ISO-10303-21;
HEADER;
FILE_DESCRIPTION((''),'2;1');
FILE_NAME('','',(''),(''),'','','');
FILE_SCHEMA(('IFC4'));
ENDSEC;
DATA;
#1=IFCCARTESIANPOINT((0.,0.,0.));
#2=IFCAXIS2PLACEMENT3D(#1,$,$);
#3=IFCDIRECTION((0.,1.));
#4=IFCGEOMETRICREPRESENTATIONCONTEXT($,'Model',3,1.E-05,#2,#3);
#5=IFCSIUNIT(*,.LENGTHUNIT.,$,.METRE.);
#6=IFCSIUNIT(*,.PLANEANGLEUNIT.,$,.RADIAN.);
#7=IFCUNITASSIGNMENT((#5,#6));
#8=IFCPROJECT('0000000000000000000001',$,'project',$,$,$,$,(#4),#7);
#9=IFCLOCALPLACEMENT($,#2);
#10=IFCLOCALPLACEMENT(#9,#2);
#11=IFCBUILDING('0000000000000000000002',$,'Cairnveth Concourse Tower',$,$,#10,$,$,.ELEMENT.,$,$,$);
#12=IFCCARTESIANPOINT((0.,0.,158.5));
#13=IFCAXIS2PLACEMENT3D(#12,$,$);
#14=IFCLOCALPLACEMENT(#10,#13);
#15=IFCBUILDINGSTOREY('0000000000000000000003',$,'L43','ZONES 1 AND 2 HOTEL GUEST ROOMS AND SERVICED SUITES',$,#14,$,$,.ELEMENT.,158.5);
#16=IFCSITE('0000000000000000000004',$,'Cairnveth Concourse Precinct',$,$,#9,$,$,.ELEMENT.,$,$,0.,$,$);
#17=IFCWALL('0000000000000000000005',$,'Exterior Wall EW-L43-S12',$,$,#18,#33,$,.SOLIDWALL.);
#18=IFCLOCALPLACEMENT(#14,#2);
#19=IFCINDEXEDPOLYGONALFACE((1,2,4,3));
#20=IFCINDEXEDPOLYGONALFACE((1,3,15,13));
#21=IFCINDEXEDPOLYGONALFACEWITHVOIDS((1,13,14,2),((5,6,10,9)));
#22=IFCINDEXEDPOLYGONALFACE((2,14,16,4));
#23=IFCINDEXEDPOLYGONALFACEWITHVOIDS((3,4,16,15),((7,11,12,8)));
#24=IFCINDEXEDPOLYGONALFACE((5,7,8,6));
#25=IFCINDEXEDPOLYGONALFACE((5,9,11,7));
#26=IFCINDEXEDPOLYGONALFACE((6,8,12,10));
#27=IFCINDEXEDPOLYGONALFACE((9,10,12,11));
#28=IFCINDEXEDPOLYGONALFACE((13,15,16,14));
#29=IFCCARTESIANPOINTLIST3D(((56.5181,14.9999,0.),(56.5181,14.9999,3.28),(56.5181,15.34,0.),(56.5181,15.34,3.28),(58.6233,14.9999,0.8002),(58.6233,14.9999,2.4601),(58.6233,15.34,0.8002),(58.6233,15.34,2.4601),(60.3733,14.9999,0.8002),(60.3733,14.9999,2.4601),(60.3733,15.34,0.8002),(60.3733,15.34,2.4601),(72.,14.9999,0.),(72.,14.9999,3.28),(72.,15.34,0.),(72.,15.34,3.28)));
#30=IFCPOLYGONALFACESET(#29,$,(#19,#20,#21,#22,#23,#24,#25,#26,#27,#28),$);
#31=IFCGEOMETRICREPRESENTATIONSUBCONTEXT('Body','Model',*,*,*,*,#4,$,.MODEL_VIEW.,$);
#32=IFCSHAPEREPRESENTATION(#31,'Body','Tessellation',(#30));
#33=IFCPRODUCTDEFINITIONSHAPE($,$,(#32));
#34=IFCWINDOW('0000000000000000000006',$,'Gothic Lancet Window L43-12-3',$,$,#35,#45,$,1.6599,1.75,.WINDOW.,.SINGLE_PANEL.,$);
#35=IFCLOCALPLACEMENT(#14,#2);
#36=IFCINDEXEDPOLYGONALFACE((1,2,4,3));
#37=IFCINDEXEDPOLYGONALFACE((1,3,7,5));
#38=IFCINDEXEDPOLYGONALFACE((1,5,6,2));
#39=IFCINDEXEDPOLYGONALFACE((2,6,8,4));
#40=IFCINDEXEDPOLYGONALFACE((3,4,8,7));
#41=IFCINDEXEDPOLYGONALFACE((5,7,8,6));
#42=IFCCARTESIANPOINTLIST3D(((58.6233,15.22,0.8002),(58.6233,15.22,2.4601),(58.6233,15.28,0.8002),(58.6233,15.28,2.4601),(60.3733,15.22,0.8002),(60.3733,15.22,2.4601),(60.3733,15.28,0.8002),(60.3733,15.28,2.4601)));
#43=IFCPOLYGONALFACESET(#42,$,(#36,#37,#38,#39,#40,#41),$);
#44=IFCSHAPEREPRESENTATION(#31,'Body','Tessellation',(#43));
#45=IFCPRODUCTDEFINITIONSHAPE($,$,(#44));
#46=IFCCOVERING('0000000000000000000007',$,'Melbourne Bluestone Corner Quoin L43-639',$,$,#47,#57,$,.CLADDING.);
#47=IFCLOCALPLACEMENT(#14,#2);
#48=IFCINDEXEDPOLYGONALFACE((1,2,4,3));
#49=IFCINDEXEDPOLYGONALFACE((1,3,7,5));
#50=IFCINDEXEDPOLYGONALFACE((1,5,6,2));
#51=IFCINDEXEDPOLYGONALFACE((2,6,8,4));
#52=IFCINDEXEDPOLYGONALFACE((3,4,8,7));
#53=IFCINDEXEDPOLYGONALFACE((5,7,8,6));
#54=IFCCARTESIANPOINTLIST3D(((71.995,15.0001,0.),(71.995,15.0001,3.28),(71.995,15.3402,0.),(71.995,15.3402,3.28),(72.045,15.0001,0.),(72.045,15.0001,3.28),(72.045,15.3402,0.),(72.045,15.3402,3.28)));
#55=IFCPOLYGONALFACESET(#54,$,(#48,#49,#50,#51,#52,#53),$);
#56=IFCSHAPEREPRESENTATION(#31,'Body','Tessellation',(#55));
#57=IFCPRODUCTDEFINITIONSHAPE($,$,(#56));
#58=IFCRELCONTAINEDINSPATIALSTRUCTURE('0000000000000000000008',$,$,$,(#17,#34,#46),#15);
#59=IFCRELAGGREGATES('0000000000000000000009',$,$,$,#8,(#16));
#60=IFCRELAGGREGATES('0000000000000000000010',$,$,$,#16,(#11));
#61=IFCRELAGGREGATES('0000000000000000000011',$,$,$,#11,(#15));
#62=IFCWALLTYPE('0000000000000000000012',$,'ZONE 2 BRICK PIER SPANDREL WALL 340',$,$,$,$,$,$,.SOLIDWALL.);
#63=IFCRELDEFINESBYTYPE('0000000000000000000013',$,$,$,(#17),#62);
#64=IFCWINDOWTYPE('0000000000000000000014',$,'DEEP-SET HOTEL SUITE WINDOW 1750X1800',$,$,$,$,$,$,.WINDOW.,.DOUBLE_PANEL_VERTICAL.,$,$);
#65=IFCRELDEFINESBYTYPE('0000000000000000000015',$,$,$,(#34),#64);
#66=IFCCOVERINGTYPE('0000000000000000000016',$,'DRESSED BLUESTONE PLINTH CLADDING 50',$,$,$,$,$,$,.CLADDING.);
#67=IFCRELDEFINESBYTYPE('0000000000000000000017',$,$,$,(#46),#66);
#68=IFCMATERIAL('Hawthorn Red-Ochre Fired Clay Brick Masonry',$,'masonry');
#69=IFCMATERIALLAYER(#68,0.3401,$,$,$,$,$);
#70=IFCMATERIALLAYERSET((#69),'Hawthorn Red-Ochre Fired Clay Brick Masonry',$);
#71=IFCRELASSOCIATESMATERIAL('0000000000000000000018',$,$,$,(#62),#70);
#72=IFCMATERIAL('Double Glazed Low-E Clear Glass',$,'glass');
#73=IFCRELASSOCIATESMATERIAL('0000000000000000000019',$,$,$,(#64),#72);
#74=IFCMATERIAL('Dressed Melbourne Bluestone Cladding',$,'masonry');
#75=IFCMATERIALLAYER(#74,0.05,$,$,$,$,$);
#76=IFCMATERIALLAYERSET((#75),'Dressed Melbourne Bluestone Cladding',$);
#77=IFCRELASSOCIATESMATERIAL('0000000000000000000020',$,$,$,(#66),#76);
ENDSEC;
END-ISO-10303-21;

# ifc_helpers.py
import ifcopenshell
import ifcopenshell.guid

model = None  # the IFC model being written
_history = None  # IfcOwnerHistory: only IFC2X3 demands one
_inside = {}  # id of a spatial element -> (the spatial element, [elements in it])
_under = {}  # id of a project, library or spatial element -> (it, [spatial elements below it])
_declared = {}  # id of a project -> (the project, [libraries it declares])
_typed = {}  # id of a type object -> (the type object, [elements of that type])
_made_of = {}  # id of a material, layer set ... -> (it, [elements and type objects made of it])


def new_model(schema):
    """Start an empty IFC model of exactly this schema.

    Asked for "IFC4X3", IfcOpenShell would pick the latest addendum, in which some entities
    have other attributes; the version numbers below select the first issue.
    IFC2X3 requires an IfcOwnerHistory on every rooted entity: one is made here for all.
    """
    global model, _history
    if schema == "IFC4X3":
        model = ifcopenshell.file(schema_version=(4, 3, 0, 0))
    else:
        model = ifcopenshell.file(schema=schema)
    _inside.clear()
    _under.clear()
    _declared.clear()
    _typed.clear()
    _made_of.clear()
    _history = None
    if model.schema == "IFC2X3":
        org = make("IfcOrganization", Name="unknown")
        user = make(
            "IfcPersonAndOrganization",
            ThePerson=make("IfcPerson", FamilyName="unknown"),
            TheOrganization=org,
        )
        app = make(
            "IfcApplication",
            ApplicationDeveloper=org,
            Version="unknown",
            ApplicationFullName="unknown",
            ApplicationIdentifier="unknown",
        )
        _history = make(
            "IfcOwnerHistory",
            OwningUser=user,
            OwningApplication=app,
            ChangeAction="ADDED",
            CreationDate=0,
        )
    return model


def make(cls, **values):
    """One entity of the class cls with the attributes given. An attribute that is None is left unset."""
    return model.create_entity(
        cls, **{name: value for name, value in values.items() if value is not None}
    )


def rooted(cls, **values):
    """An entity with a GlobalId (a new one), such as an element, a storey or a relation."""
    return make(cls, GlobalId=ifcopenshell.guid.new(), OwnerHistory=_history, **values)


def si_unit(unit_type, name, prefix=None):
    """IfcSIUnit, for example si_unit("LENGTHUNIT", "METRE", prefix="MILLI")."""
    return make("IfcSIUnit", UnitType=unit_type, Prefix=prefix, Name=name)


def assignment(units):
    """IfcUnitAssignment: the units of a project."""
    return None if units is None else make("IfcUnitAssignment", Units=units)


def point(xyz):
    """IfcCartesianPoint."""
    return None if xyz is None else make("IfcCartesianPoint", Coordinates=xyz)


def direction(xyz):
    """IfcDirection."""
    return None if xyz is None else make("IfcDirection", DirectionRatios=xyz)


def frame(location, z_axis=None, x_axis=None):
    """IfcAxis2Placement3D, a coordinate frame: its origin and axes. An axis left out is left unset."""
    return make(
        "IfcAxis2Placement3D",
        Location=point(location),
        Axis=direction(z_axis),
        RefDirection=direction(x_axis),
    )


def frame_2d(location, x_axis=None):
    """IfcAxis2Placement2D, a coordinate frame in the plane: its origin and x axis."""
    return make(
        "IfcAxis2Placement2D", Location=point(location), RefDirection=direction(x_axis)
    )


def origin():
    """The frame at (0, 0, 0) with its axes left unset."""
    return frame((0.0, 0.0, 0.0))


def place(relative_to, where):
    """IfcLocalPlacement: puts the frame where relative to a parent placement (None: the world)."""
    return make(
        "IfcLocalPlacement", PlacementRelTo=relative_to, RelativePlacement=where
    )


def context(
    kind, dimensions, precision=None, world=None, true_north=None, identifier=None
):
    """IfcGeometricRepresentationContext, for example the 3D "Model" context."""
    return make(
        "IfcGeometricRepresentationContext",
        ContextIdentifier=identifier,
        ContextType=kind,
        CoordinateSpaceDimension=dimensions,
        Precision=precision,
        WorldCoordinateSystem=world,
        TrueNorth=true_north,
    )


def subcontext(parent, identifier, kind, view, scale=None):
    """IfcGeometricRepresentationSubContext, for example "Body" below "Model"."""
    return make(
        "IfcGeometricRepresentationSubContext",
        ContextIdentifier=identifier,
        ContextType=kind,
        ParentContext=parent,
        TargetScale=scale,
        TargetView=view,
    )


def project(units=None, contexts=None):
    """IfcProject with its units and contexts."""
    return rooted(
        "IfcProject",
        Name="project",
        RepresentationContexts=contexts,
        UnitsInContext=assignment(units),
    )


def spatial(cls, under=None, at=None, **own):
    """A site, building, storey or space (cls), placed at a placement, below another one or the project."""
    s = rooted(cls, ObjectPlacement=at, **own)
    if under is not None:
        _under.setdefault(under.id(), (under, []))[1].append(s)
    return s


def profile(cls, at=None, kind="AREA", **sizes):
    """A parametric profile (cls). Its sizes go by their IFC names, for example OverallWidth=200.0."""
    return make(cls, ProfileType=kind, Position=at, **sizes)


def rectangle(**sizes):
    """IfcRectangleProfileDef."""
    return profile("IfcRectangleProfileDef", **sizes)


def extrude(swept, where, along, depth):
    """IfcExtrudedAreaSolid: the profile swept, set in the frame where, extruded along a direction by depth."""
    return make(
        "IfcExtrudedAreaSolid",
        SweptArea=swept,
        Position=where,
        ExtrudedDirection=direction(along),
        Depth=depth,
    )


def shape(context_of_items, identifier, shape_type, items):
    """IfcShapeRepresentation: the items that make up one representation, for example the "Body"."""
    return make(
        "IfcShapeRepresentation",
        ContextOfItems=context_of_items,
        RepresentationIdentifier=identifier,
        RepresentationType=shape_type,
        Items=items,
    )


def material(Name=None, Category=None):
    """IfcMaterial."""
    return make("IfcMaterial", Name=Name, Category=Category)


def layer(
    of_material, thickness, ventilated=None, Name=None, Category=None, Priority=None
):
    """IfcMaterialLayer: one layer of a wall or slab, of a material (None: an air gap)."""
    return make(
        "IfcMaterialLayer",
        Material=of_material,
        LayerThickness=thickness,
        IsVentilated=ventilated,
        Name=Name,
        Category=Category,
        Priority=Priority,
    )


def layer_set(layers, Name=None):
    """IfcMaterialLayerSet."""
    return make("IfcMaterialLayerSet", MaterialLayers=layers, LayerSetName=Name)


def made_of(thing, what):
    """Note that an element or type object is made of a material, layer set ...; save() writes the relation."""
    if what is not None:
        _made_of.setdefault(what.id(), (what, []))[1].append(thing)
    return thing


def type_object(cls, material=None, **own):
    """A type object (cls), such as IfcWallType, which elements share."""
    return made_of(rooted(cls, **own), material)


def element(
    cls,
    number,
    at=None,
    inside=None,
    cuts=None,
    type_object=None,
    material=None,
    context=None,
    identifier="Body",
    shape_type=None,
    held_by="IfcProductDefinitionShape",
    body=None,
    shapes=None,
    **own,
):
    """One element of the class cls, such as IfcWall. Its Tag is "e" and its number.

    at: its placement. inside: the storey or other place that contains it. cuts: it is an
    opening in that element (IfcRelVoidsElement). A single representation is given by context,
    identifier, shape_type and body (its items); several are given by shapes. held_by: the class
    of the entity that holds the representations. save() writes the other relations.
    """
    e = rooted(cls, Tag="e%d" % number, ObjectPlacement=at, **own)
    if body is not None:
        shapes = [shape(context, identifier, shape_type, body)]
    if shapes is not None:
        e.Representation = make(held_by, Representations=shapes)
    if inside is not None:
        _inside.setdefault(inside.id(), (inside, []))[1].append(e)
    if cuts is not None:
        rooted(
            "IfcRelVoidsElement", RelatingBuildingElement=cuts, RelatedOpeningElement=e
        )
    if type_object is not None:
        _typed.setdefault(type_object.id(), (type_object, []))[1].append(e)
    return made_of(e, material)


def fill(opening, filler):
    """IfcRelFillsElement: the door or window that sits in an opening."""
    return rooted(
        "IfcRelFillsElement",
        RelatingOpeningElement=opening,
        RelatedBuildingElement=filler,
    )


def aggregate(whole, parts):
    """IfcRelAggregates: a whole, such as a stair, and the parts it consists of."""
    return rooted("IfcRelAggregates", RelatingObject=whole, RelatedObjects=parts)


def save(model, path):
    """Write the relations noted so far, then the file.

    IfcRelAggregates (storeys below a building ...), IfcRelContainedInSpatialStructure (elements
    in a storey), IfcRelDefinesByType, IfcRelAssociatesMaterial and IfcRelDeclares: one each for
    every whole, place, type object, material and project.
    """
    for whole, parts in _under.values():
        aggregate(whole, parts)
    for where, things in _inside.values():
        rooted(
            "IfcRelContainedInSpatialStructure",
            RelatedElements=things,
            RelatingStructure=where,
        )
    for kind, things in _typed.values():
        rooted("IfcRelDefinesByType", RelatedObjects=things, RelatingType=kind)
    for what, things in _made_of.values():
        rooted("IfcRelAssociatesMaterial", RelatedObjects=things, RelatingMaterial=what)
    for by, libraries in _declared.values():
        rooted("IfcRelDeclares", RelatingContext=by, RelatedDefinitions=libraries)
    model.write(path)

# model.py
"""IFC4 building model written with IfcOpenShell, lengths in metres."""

from ifc_helpers import new_model, si_unit, direction, frame, frame_2d, origin, place, context, subcontext, project, spatial, rectangle, extrude, material, layer, layer_set, type_object, element, fill, save


model = new_model("IFC4")

# Units and contexts
model_context = context("Model", 3, precision=1e-05, world=origin(), true_north=direction((0.0, 1.0)))
body_context = subcontext(model_context, "Body", "Model", "MODEL_VIEW")
ifc_project = project(units=[si_unit("LENGTHUNIT", "METRE"), si_unit("PLANEANGLEUNIT", "RADIAN")], contexts=[model_context])

# Site, building, storey
site_placement = place(None, origin())
site = spatial("IfcSite", under=ifc_project, at=site_placement, Name="Cairnveth Concourse Precinct", CompositionType="ELEMENT", RefElevation=0.0)
building_placement = place(site_placement, origin())
building = spatial("IfcBuilding", under=site, at=building_placement, Name="Cairnveth Concourse Tower", CompositionType="ELEMENT")
storey_placement = place(building_placement, frame((0.0, 0.0, 158.5)))
storey = spatial("IfcBuildingStorey", under=building, at=storey_placement, Name="L43", Description="ZONES 1 AND 2 HOTEL GUEST ROOMS AND SERVICED SUITES", CompositionType="ELEMENT", Elevation=158.5)

# Wall, opening, window
ifc_material_1 = material(Name="Hawthorn Red-Ochre Fired Clay Brick Masonry", Category="masonry")
ifc_layer_1 = layer(ifc_material_1, 0.3401)
ifc_layer_set_1 = layer_set([ifc_layer_1], Name="Hawthorn Red-Ochre Fired Clay Brick Masonry")
wall_type_1 = type_object("IfcWallType", Name="ZONE 2 BRICK PIER SPANDREL WALL 340", PredefinedType="SOLIDWALL", material=ifc_layer_set_1)
wall_1_placement = place(storey_placement, frame((72.0, 15.1699, 0.0), z_axis=(0.0, 0.0, 1.0), x_axis=(-1.0, 0.0, 0.0)))
wall_1 = element("IfcWall", 1, at=wall_1_placement, inside=storey, type_object=wall_type_1, Name="Exterior Wall EW-L43-S12", PredefinedType="SOLIDWALL", context=body_context, shape_type="SweptSolid", body=[
    extrude(rectangle(XDim=15.4819, YDim=0.3401, at=frame_2d((7.741, 0.0))), origin(), (0.0, 0.0, 1.0), 3.28),
])
opening_1_placement = place(wall_1_placement, frame((11.6267, 0.0, 0.8)))
opening_1 = element("IfcOpeningElement", 2, at=opening_1_placement, cuts=wall_1, PredefinedType="OPENING", context=body_context, shape_type="SweptSolid", body=[
    extrude(rectangle(XDim=1.75, YDim=1.6599, at=frame_2d((0.875, 0.8301))), frame((0.0, 0.1799, 0.0), z_axis=(0.0, -1.0, 0.0), x_axis=(1.0, 0.0, 0.0)), (0.0, 0.0, 1.0), 0.3601),
])
ifc_material_2 = material(Name="Double Glazed Low-E Clear Glass", Category="glass")
window_type = type_object("IfcWindowType", Name="DEEP-SET HOTEL SUITE WINDOW 1750X1800", PartitioningType="DOUBLE_PANEL_VERTICAL", PredefinedType="WINDOW", material=ifc_material_2)
window_placement = place(opening_1_placement, origin())
window = element("IfcWindow", 3, at=window_placement, inside=storey, type_object=window_type, Name="Gothic Lancet Window L43-12-3", OverallHeight=1.6599, OverallWidth=1.75, PartitioningType="SINGLE_PANEL", PredefinedType="WINDOW", context=body_context, shape_type="SweptSolid", body=[
    extrude(rectangle(XDim=1.75, YDim=1.6599, at=frame_2d((0.875, 0.8301))), frame((0.0, -0.05, 0.0), z_axis=(0.0, -1.0, 0.0), x_axis=(1.0, 0.0, 0.0)), (0.0, 0.0, 1.0), 0.0601),
])
fill(opening_1, window)

# Covering
ifc_material_3 = material(Name="Dressed Melbourne Bluestone Cladding", Category="masonry")
ifc_layer_2 = layer(ifc_material_3, 0.05)
ifc_layer_set_2 = layer_set([ifc_layer_2], Name="Dressed Melbourne Bluestone Cladding")
covering_type = type_object("IfcCoveringType", Name="DRESSED BLUESTONE PLINTH CLADDING 50", PredefinedType="CLADDING", material=ifc_layer_set_2)
covering_placement = place(storey_placement, frame((72.02, 15.3401, 0.0), z_axis=(0.0, 0.0, 1.0), x_axis=(0.0, -1.0, 0.0)))
element("IfcCovering", 4, at=covering_placement, inside=storey, type_object=covering_type, Name="Melbourne Bluestone Corner Quoin L43-639", PredefinedType="CLADDING", context=body_context, shape_type="SweptSolid", body=[
    extrude(rectangle(XDim=0.3401, YDim=0.05, at=frame_2d((0.1699, 0.0))), origin(), (0.0, 0.0, 1.0), 3.28),
])

save(model, "model.ifc")
